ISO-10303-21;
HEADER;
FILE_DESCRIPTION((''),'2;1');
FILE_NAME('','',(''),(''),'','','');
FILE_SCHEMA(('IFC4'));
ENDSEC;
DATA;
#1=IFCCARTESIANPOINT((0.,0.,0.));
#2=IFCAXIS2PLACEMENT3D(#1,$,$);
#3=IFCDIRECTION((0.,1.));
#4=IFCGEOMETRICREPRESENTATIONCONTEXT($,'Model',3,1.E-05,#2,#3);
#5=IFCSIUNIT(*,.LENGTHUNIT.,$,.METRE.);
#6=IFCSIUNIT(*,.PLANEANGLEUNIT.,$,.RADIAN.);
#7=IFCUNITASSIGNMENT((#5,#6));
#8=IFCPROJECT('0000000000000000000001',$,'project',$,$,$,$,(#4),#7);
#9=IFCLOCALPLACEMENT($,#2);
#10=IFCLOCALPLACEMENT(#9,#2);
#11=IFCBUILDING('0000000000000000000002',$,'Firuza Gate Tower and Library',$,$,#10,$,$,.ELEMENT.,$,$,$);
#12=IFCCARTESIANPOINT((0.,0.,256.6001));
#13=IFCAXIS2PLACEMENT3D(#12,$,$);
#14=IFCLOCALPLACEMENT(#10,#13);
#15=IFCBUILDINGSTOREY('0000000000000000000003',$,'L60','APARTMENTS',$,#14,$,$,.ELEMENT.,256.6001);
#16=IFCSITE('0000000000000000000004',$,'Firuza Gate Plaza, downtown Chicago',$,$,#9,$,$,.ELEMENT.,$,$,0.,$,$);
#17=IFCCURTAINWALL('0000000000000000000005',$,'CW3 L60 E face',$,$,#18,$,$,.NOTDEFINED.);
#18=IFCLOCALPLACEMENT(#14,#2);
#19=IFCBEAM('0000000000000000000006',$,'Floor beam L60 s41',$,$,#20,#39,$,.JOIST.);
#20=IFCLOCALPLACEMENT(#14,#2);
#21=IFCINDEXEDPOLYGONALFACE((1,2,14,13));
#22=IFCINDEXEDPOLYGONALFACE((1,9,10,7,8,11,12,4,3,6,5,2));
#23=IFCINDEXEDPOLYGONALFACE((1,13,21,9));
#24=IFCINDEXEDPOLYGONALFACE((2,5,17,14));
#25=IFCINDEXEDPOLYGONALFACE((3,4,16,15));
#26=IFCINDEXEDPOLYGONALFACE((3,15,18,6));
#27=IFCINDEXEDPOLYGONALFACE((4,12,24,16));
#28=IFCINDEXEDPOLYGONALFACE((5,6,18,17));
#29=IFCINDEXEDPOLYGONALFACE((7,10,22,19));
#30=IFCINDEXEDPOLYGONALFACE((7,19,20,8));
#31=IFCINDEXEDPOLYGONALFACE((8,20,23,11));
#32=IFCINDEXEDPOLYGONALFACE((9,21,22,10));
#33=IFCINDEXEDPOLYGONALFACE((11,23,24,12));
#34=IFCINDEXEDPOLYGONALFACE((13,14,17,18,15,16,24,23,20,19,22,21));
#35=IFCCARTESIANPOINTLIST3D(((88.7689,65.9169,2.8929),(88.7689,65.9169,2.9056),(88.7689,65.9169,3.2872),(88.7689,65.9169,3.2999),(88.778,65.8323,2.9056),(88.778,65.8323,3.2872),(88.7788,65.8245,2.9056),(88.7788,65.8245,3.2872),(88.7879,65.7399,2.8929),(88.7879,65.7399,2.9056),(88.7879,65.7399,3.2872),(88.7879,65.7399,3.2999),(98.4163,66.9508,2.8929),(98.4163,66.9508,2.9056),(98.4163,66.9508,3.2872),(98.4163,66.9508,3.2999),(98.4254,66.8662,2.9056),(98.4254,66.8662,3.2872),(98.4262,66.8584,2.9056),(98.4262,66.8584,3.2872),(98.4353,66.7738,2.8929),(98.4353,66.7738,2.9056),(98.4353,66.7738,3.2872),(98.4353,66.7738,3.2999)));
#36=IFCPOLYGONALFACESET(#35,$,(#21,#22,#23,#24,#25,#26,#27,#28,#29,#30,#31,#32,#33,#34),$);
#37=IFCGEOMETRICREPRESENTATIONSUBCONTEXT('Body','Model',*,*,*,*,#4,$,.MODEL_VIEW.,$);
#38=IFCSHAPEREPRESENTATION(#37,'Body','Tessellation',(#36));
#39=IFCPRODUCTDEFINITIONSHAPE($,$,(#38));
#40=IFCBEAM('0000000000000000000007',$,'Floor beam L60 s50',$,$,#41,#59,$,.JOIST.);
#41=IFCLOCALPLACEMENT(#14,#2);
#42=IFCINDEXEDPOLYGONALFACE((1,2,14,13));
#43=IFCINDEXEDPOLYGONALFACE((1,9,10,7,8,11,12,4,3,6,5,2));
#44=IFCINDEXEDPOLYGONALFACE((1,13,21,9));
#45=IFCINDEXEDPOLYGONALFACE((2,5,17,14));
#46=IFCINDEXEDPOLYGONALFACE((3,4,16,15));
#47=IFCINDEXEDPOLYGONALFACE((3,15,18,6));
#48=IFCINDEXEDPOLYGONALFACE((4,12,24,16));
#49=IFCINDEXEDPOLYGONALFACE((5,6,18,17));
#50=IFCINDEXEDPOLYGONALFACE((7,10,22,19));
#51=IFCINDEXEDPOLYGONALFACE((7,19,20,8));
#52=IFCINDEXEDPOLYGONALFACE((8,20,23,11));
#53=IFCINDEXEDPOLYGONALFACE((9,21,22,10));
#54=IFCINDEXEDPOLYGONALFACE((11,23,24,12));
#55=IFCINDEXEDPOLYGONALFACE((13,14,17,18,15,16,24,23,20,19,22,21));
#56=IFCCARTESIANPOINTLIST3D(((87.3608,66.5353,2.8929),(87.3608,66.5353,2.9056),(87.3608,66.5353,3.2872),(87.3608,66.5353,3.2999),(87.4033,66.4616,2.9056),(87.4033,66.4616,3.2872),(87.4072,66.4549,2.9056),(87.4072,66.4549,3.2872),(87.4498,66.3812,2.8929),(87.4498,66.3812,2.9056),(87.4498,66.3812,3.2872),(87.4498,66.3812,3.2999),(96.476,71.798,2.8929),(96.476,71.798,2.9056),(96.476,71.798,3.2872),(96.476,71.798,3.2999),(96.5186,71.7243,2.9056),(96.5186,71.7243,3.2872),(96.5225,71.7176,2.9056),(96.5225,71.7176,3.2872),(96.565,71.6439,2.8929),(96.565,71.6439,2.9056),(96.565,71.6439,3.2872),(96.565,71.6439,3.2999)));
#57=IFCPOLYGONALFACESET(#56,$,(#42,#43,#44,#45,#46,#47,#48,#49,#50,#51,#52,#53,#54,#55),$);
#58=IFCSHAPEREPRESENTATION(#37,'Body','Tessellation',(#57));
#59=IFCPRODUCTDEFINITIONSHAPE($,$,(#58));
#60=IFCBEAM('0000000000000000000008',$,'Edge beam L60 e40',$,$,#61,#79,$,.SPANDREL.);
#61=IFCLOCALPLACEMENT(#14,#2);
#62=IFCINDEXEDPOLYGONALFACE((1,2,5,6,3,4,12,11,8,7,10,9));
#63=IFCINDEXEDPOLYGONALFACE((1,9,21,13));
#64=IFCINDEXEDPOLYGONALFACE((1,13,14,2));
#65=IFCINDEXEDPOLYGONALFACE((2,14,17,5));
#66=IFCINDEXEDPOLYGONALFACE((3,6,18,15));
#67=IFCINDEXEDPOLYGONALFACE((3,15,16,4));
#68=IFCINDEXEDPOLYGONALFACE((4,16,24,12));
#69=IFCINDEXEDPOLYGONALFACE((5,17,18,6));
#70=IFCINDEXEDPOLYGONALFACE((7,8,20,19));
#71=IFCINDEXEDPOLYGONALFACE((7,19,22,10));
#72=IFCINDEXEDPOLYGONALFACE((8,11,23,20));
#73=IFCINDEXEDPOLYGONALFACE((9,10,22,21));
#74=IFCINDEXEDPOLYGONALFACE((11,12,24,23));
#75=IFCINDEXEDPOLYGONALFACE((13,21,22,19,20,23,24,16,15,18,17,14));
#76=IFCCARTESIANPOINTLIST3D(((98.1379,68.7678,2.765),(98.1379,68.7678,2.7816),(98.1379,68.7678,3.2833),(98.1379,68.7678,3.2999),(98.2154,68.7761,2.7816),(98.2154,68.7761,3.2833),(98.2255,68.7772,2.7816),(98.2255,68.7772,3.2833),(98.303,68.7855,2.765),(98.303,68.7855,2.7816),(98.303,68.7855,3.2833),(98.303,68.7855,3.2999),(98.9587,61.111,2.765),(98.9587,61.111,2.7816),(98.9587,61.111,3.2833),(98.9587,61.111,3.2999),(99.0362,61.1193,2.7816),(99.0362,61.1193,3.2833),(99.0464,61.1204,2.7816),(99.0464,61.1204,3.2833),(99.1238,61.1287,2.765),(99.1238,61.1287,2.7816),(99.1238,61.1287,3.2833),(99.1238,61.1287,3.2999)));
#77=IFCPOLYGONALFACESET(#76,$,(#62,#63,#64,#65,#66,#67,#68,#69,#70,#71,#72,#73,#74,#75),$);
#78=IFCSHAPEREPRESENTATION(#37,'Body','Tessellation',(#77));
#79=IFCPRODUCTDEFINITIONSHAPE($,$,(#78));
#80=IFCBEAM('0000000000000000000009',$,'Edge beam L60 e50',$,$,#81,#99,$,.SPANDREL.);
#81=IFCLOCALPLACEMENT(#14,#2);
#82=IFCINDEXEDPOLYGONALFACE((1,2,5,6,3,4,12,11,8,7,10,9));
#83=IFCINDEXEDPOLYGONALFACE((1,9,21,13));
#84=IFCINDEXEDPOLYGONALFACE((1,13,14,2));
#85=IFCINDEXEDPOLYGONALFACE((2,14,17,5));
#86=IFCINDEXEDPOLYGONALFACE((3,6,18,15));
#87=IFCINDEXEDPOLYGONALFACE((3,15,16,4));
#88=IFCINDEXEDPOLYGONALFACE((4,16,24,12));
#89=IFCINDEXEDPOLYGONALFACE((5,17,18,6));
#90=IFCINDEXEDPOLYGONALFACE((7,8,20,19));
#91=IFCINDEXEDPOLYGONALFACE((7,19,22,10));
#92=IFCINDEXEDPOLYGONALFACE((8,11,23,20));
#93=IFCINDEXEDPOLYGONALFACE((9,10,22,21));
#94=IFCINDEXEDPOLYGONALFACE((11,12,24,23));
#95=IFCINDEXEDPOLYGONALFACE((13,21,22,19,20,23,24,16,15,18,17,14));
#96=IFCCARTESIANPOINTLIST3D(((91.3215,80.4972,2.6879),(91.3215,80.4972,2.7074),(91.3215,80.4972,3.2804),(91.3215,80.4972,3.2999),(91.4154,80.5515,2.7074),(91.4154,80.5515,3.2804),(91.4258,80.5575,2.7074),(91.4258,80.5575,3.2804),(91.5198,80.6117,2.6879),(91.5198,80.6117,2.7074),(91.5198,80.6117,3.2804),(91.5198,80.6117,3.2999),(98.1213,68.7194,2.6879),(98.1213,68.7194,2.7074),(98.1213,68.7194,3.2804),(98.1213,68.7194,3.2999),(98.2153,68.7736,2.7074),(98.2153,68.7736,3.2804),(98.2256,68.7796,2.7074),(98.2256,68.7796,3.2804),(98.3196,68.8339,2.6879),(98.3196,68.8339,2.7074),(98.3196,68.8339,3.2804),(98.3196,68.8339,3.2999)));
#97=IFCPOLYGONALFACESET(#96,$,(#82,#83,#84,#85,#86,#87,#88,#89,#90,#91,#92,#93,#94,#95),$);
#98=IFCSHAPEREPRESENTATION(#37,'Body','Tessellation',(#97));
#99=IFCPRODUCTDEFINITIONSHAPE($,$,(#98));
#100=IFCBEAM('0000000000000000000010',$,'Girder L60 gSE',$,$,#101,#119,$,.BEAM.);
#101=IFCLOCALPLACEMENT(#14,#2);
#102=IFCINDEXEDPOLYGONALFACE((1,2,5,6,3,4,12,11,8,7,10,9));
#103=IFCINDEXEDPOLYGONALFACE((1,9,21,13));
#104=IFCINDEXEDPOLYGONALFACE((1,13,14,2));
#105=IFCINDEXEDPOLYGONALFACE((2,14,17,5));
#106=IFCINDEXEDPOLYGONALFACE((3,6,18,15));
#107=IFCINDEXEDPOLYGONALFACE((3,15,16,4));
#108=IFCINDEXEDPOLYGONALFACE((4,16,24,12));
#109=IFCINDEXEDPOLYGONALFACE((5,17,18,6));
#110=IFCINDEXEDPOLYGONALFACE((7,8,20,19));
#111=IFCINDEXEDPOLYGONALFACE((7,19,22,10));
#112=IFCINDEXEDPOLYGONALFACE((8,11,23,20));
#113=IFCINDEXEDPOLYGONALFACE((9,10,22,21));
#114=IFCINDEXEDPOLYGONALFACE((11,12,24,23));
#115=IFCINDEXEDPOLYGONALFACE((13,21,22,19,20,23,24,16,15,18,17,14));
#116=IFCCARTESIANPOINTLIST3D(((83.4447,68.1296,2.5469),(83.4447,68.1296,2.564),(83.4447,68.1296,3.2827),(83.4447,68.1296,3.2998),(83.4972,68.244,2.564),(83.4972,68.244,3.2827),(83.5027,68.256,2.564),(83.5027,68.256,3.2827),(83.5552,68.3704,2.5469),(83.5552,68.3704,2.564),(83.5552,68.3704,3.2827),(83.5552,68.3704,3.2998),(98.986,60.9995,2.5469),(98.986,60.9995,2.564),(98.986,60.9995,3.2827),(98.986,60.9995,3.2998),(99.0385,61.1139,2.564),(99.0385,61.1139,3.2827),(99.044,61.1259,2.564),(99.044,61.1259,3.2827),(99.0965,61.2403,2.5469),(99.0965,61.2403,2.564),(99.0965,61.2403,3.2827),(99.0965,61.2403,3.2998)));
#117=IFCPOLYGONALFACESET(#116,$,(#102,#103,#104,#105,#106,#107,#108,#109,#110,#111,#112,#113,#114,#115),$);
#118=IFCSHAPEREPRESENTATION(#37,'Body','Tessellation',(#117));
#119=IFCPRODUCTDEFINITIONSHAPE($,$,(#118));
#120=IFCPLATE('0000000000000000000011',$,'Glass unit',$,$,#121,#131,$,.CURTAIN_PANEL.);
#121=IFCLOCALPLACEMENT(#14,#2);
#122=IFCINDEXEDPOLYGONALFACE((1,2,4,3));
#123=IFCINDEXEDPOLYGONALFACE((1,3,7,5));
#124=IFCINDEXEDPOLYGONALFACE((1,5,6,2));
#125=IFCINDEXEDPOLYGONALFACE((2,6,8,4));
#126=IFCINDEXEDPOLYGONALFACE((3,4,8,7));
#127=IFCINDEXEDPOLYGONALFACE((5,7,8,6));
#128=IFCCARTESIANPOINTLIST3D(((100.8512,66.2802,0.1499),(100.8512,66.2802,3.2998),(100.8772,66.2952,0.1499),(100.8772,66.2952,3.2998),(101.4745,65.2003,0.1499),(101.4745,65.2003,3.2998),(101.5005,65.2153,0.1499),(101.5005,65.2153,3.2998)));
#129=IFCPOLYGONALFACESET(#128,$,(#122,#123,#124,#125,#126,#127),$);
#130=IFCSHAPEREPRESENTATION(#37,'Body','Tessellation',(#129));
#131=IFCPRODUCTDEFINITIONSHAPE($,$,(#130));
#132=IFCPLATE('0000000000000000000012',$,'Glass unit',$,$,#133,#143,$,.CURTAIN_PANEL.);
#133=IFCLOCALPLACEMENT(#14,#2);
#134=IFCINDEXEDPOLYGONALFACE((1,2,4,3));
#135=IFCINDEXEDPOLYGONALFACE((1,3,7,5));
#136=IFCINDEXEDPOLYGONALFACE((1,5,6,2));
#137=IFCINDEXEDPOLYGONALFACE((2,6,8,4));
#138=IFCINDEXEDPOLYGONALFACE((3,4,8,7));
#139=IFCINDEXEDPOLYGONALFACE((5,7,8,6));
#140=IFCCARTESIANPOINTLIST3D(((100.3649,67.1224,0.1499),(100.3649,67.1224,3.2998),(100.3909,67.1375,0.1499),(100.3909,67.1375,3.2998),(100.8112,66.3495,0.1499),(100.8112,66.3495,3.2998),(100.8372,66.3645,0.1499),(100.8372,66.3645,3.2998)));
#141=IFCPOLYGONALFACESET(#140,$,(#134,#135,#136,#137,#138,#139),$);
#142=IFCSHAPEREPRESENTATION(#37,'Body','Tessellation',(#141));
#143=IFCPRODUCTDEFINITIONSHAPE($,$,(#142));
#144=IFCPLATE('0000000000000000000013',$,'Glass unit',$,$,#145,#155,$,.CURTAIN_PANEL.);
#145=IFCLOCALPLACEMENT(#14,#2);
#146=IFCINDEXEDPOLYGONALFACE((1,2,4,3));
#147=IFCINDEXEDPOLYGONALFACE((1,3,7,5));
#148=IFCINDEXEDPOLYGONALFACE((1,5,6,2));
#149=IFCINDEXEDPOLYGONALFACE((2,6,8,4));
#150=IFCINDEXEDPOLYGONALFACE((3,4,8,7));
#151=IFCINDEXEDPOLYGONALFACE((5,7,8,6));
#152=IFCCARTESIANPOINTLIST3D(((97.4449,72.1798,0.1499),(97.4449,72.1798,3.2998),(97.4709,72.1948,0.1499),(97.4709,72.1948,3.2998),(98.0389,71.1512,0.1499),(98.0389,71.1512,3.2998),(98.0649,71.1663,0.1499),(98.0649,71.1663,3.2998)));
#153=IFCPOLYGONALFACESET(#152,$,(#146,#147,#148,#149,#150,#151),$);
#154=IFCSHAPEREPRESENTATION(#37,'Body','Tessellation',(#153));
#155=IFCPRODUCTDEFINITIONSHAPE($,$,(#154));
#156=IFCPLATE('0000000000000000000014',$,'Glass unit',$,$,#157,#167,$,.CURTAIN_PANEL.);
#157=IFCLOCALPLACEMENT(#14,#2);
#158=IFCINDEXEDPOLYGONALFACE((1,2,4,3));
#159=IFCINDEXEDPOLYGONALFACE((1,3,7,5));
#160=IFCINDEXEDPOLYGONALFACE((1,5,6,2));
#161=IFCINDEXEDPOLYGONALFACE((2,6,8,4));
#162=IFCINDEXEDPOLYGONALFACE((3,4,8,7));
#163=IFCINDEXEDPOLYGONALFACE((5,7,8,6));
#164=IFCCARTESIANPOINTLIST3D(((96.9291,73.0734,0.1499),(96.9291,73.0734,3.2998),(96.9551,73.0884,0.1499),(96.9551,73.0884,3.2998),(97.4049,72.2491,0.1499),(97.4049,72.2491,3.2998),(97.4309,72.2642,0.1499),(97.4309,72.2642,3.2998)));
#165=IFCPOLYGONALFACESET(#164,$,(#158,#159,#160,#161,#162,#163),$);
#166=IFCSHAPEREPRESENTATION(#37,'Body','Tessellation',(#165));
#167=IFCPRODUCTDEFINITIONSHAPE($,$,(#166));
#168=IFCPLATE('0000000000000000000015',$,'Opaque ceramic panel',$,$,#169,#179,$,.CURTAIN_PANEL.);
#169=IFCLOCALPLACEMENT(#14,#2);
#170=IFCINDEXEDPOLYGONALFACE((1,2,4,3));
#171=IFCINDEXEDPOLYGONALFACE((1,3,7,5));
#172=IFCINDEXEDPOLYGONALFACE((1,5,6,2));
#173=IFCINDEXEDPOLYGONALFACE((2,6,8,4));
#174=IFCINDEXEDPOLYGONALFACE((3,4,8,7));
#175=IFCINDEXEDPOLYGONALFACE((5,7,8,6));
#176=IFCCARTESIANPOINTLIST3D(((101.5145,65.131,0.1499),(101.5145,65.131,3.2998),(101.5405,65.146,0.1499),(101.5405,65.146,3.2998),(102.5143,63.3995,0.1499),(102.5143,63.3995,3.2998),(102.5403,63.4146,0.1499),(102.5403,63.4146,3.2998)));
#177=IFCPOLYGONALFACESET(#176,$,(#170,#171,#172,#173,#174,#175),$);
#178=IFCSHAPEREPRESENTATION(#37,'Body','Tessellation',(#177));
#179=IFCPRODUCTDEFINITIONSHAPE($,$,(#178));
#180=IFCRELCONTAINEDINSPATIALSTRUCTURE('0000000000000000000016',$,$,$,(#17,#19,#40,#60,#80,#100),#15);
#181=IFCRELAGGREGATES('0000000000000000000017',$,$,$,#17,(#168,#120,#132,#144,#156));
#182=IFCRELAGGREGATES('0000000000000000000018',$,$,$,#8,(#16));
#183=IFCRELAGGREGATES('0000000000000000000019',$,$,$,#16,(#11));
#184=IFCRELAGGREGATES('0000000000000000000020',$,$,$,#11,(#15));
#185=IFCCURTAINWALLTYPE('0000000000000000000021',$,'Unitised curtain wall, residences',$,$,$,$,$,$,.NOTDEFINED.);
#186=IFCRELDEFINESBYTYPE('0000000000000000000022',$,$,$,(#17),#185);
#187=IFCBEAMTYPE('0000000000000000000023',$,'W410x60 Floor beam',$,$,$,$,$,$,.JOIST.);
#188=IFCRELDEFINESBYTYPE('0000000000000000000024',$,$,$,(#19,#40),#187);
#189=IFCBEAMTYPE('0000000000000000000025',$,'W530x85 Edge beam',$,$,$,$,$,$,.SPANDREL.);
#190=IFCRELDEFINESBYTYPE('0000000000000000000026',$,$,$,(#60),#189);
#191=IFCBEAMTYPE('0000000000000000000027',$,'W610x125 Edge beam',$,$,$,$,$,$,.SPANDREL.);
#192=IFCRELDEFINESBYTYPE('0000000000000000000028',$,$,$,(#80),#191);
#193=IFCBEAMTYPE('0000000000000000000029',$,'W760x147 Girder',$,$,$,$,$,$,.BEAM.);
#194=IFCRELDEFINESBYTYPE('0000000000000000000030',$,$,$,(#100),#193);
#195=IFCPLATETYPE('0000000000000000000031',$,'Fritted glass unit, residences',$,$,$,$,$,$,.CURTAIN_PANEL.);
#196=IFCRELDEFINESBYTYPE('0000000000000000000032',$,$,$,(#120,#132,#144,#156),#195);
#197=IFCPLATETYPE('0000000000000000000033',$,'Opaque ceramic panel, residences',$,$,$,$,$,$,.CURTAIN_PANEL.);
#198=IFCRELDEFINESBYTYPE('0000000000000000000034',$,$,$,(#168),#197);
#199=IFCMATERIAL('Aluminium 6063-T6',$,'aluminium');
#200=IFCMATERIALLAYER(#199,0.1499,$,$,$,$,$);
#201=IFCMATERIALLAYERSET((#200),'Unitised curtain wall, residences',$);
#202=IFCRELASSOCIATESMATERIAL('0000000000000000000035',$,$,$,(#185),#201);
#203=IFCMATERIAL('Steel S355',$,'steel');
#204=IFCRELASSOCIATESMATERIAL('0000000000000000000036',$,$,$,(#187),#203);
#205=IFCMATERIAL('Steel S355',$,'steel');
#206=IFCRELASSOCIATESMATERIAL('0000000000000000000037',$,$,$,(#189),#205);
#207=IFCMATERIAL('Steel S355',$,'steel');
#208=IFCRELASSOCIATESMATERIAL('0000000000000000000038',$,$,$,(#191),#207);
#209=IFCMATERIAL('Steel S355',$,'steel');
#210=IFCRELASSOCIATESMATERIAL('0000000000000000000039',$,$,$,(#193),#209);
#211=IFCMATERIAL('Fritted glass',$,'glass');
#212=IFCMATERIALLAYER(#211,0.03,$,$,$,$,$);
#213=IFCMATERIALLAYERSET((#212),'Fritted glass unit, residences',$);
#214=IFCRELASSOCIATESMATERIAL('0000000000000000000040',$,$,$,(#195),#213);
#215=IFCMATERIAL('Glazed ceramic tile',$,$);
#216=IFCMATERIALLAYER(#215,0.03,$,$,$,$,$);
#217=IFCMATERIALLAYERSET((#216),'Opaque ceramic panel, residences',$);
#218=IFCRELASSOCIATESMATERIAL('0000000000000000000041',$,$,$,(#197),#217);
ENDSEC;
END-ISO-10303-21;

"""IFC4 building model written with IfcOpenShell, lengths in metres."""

from ifc_helpers import new_model, si_unit, direction, frame, origin, origin_2d, place, context, subcontext, project, spatial, polyline, i_section, outline, extrude, material, layer, layer_set, material_profile, profile_set, type_object, element, aggregate, save


model = new_model("IFC4")

# Units and contexts
model_context = context("Model", 3, precision=1e-05, world=origin(), true_north=direction((0.0, 1.0)))
body_context = subcontext(model_context, "Body", "Model", "MODEL_VIEW")
ifc_project = project(units=[si_unit("LENGTHUNIT", "METRE"), si_unit("PLANEANGLEUNIT", "RADIAN")], contexts=[model_context])

# Site, building, storey
site_placement = place(None, origin())
site = spatial("IfcSite", under=ifc_project, at=site_placement, Name="Firuza Gate Plaza, downtown Chicago", CompositionType="ELEMENT", RefElevation=0.0)
building_placement = place(site_placement, origin())
building = spatial("IfcBuilding", under=site, at=building_placement, Name="Firuza Gate Tower and Library", CompositionType="ELEMENT")
storey_placement = place(building_placement, frame((0.0, 0.0, 256.6001)))
storey = spatial("IfcBuildingStorey", under=building, at=storey_placement, Name="L60", Description="APARTMENTS", CompositionType="ELEMENT", Elevation=256.6001)

# Curtain wall
ifc_material_1 = material(Name="Aluminium 6063-T6", Category="aluminium")
ifc_layer_1 = layer(ifc_material_1, 0.1499)
ifc_layer_set_1 = layer_set([ifc_layer_1], Name="Unitised curtain wall, residences")
curtain_wall_type = type_object("IfcCurtainWallType", Name="Unitised curtain wall, residences", PredefinedType="NOTDEFINED", material=ifc_layer_set_1)
curtain_wall_placement = place(storey_placement, origin())
curtain_wall = element("IfcCurtainWall", 1, at=curtain_wall_placement, inside=storey, type_object=curtain_wall_type, Name="CW3 L60 E face", PredefinedType="NOTDEFINED")

# Beams
ifc_material_2 = material(Name="Steel S355", Category="steel")
ifc_material_profile_1 = material_profile(ifc_material_2, i_section(OverallWidth=0.178, OverallDepth=0.407, WebThickness=0.0078, FlangeThickness=0.0127, at=origin_2d()))
ifc_profile_set_1 = profile_set([ifc_material_profile_1], Name="Steel S355")
beam_type_1 = type_object("IfcBeamType", Name="W410x60 Floor beam", PredefinedType="JOIST", material=ifc_profile_set_1)
beam_1_placement = place(storey_placement, frame((98.4258, 66.8623, 3.0964), z_axis=(-0.994306, -0.106562, 0.0), x_axis=(0.106562, -0.994306, 0.0)))
element("IfcBeam", 2, at=beam_1_placement, inside=storey, type_object=beam_type_1, Name="Floor beam L60 s41", PredefinedType="JOIST", context=body_context, shape_type="SweptSolid", body=[
    extrude(i_section(OverallWidth=0.178, OverallDepth=0.407, WebThickness=0.0078, FlangeThickness=0.0127, at=origin_2d()), origin(), (0.0, 0.0, 1.0), 9.7026),
])
beam_2_placement = place(storey_placement, frame((96.5205, 71.7209, 3.0964), z_axis=(-0.866025, -0.500001, 0.0), x_axis=(0.500001, -0.866025, 0.0)))
element("IfcBeam", 3, at=beam_2_placement, inside=storey, type_object=beam_type_1, Name="Floor beam L60 s50", PredefinedType="JOIST", context=body_context, shape_type="SweptSolid", body=[
    extrude(i_section(OverallWidth=0.178, OverallDepth=0.407, WebThickness=0.0078, FlangeThickness=0.0127, at=origin_2d()), origin(), (0.0, 0.0, 1.0), 10.5254),
])
ifc_material_3 = material(Name="Steel S355", Category="steel")
ifc_material_profile_2 = material_profile(ifc_material_3, i_section(OverallWidth=0.166, OverallDepth=0.5349, WebThickness=0.0103, FlangeThickness=0.0166, at=origin_2d()))
ifc_profile_set_2 = profile_set([ifc_material_profile_2], Name="Steel S355")
beam_type_2 = type_object("IfcBeamType", Name="W530x85 Edge beam", PredefinedType="SPANDREL", material=ifc_profile_set_2)
beam_3_placement = place(storey_placement, frame((99.0413, 61.1199, 3.0325), z_axis=(-0.106589, 0.994303, 0.0), x_axis=(-0.994303, -0.106589, 0.0)))
element("IfcBeam", 4, at=beam_3_placement, inside=storey, type_object=beam_type_2, Name="Edge beam L60 e40", PredefinedType="SPANDREL", context=body_context, shape_type="SweptSolid", body=[
    extrude(i_section(OverallWidth=0.166, OverallDepth=0.5349, WebThickness=0.0103, FlangeThickness=0.0166, at=origin_2d()), origin(), (0.0, 0.0, 1.0), 7.7007),
])
ifc_material_4 = material(Name="Steel S355", Category="steel")
ifc_material_profile_3 = material_profile(ifc_material_4, i_section(OverallWidth=0.229, OverallDepth=0.6121, WebThickness=0.012, FlangeThickness=0.0195, at=origin_2d()))
ifc_profile_set_3 = profile_set([ifc_material_profile_3], Name="Steel S355")
beam_type_3 = type_object("IfcBeamType", Name="W610x125 Edge beam", PredefinedType="SPANDREL", material=ifc_profile_set_3)
beam_4_placement = place(storey_placement, frame((98.2205, 68.7766, 2.9939), z_axis=(-0.499993, 0.86603, 0.0), x_axis=(-0.86603, -0.499993, 0.0)))
element("IfcBeam", 5, at=beam_4_placement, inside=storey, type_object=beam_type_3, Name="Edge beam L60 e50", PredefinedType="SPANDREL", context=body_context, shape_type="SweptSolid", body=[
    extrude(i_section(OverallWidth=0.229, OverallDepth=0.6121, WebThickness=0.012, FlangeThickness=0.0195, at=origin_2d()), origin(), (0.0, 0.0, 1.0), 13.5999),
])
ifc_material_5 = material(Name="Steel S355", Category="steel")
ifc_material_profile_4 = material_profile(ifc_material_5, i_section(OverallWidth=0.2649, OverallDepth=0.7529, WebThickness=0.0132, FlangeThickness=0.0171, at=origin_2d()))
ifc_profile_set_4 = profile_set([ifc_material_profile_4], Name="Steel S355")
beam_type_4 = type_object("IfcBeamType", Name="W760x147 Girder", PredefinedType="BEAM", material=ifc_profile_set_4)
beam_5_placement = place(storey_placement, frame((99.0413, 61.1199, 2.9233), z_axis=(-0.908909, 0.416995, 0.0), x_axis=(-0.416995, -0.908909, 0.0)))
element("IfcBeam", 6, at=beam_5_placement, inside=storey, type_object=beam_type_4, Name="Girder L60 gSE", PredefinedType="BEAM", context=body_context, shape_type="SweptSolid", body=[
    extrude(i_section(OverallWidth=0.2649, OverallDepth=0.7529, WebThickness=0.0132, FlangeThickness=0.0171, at=origin_2d()), origin(), (0.0, 0.0, 1.0), 17.0989),
])

# Plates
ifc_material_6 = material(Name="Fritted glass", Category="glass")
ifc_layer_2 = layer(ifc_material_6, 0.03)
ifc_layer_set_2 = layer_set([ifc_layer_2], Name="Fritted glass unit, residences")
plate_type_1 = type_object("IfcPlateType", Name="Fritted glass unit, residences", PredefinedType="CURTAIN_PANEL", material=ifc_layer_set_2)
plate_1_placement = place(storey_placement, frame((101.5005, 65.2153, 0.1499), z_axis=(0.866078, 0.499909, 0.0), x_axis=(-0.499909, 0.866078, 0.0)))
plate_1 = element("IfcPlate", 7, at=plate_1_placement, type_object=plate_type_1, Name="Glass unit", PredefinedType="CURTAIN_PANEL", context=body_context, shape_type="SweptSolid", body=[
    extrude(outline(polyline([(0.0, 0.0), (1.2468, 0.0), (1.2468, 3.1499), (0.0, 3.1499), (0.0, 0.0)])), origin(), (0.0, 0.0, -1.0), 0.03),
])
plate_2_placement = place(storey_placement, frame((100.8372, 66.3645, 0.1499), z_axis=(0.866012, 0.500022, 0.0), x_axis=(-0.500022, 0.866012, 0.0)))
plate_2 = element("IfcPlate", 8, at=plate_2_placement, type_object=plate_type_1, Name="Glass unit", PredefinedType="CURTAIN_PANEL", context=body_context, shape_type="SweptSolid", body=[
    extrude(outline(polyline([(0.0, 0.0), (0.8925, 0.0), (0.8925, 3.1499), (0.0, 3.1499), (0.0, 0.0)])), origin(), (0.0, 0.0, -1.0), 0.03),
])
plate_3_placement = place(storey_placement, frame((98.0649, 71.1663, 0.1499), z_axis=(0.86597, 0.500096, 0.0), x_axis=(-0.500096, 0.86597, 0.0)))
plate_3 = element("IfcPlate", 9, at=plate_3_placement, type_object=plate_type_1, Name="Glass unit", PredefinedType="CURTAIN_PANEL", context=body_context, shape_type="SweptSolid", body=[
    extrude(outline(polyline([(0.0, 0.0), (1.1878, 0.0), (1.1878, 3.1499), (0.0, 3.1499), (0.0, 0.0)])), origin(), (0.0, 0.0, -1.0), 0.03),
])
plate_4_placement = place(storey_placement, frame((97.4309, 72.2642, 0.1499), z_axis=(0.86604, 0.499974, 0.0), x_axis=(-0.499974, 0.86604, 0.0)))
plate_4 = element("IfcPlate", 10, at=plate_4_placement, type_object=plate_type_1, Name="Glass unit", PredefinedType="CURTAIN_PANEL", context=body_context, shape_type="SweptSolid", body=[
    extrude(outline(polyline([(0.0, 0.0), (0.9517, 0.0), (0.9517, 3.1499), (0.0, 3.1499), (0.0, 0.0)])), origin(), (0.0, 0.0, -1.0), 0.03),
])
ifc_material_7 = material(Name="Glazed ceramic tile")
ifc_layer_3 = layer(ifc_material_7, 0.03)
ifc_layer_set_3 = layer_set([ifc_layer_3], Name="Opaque ceramic panel, residences")
plate_type_2 = type_object("IfcPlateType", Name="Opaque ceramic panel, residences", PredefinedType="CURTAIN_PANEL", material=ifc_layer_set_3)
plate_5_placement = place(storey_placement, frame((102.5403, 63.4146, 0.1499), z_axis=(0.866003, 0.50004, 0.0), x_axis=(-0.50004, 0.866003, 0.0)))
plate_5 = element("IfcPlate", 11, at=plate_5_placement, type_object=plate_type_2, Name="Opaque ceramic panel", PredefinedType="CURTAIN_PANEL", context=body_context, shape_type="SweptSolid", body=[
    extrude(outline(polyline([(0.0, 0.0), (1.9994, 0.0), (1.9994, 3.1499), (0.0, 3.1499), (0.0, 0.0)])), origin(), (0.0, 0.0, -1.0), 0.03),
])
aggregate(curtain_wall, [plate_5, plate_1, plate_2, plate_3, plate_4])

save(model, "model.ifc")
